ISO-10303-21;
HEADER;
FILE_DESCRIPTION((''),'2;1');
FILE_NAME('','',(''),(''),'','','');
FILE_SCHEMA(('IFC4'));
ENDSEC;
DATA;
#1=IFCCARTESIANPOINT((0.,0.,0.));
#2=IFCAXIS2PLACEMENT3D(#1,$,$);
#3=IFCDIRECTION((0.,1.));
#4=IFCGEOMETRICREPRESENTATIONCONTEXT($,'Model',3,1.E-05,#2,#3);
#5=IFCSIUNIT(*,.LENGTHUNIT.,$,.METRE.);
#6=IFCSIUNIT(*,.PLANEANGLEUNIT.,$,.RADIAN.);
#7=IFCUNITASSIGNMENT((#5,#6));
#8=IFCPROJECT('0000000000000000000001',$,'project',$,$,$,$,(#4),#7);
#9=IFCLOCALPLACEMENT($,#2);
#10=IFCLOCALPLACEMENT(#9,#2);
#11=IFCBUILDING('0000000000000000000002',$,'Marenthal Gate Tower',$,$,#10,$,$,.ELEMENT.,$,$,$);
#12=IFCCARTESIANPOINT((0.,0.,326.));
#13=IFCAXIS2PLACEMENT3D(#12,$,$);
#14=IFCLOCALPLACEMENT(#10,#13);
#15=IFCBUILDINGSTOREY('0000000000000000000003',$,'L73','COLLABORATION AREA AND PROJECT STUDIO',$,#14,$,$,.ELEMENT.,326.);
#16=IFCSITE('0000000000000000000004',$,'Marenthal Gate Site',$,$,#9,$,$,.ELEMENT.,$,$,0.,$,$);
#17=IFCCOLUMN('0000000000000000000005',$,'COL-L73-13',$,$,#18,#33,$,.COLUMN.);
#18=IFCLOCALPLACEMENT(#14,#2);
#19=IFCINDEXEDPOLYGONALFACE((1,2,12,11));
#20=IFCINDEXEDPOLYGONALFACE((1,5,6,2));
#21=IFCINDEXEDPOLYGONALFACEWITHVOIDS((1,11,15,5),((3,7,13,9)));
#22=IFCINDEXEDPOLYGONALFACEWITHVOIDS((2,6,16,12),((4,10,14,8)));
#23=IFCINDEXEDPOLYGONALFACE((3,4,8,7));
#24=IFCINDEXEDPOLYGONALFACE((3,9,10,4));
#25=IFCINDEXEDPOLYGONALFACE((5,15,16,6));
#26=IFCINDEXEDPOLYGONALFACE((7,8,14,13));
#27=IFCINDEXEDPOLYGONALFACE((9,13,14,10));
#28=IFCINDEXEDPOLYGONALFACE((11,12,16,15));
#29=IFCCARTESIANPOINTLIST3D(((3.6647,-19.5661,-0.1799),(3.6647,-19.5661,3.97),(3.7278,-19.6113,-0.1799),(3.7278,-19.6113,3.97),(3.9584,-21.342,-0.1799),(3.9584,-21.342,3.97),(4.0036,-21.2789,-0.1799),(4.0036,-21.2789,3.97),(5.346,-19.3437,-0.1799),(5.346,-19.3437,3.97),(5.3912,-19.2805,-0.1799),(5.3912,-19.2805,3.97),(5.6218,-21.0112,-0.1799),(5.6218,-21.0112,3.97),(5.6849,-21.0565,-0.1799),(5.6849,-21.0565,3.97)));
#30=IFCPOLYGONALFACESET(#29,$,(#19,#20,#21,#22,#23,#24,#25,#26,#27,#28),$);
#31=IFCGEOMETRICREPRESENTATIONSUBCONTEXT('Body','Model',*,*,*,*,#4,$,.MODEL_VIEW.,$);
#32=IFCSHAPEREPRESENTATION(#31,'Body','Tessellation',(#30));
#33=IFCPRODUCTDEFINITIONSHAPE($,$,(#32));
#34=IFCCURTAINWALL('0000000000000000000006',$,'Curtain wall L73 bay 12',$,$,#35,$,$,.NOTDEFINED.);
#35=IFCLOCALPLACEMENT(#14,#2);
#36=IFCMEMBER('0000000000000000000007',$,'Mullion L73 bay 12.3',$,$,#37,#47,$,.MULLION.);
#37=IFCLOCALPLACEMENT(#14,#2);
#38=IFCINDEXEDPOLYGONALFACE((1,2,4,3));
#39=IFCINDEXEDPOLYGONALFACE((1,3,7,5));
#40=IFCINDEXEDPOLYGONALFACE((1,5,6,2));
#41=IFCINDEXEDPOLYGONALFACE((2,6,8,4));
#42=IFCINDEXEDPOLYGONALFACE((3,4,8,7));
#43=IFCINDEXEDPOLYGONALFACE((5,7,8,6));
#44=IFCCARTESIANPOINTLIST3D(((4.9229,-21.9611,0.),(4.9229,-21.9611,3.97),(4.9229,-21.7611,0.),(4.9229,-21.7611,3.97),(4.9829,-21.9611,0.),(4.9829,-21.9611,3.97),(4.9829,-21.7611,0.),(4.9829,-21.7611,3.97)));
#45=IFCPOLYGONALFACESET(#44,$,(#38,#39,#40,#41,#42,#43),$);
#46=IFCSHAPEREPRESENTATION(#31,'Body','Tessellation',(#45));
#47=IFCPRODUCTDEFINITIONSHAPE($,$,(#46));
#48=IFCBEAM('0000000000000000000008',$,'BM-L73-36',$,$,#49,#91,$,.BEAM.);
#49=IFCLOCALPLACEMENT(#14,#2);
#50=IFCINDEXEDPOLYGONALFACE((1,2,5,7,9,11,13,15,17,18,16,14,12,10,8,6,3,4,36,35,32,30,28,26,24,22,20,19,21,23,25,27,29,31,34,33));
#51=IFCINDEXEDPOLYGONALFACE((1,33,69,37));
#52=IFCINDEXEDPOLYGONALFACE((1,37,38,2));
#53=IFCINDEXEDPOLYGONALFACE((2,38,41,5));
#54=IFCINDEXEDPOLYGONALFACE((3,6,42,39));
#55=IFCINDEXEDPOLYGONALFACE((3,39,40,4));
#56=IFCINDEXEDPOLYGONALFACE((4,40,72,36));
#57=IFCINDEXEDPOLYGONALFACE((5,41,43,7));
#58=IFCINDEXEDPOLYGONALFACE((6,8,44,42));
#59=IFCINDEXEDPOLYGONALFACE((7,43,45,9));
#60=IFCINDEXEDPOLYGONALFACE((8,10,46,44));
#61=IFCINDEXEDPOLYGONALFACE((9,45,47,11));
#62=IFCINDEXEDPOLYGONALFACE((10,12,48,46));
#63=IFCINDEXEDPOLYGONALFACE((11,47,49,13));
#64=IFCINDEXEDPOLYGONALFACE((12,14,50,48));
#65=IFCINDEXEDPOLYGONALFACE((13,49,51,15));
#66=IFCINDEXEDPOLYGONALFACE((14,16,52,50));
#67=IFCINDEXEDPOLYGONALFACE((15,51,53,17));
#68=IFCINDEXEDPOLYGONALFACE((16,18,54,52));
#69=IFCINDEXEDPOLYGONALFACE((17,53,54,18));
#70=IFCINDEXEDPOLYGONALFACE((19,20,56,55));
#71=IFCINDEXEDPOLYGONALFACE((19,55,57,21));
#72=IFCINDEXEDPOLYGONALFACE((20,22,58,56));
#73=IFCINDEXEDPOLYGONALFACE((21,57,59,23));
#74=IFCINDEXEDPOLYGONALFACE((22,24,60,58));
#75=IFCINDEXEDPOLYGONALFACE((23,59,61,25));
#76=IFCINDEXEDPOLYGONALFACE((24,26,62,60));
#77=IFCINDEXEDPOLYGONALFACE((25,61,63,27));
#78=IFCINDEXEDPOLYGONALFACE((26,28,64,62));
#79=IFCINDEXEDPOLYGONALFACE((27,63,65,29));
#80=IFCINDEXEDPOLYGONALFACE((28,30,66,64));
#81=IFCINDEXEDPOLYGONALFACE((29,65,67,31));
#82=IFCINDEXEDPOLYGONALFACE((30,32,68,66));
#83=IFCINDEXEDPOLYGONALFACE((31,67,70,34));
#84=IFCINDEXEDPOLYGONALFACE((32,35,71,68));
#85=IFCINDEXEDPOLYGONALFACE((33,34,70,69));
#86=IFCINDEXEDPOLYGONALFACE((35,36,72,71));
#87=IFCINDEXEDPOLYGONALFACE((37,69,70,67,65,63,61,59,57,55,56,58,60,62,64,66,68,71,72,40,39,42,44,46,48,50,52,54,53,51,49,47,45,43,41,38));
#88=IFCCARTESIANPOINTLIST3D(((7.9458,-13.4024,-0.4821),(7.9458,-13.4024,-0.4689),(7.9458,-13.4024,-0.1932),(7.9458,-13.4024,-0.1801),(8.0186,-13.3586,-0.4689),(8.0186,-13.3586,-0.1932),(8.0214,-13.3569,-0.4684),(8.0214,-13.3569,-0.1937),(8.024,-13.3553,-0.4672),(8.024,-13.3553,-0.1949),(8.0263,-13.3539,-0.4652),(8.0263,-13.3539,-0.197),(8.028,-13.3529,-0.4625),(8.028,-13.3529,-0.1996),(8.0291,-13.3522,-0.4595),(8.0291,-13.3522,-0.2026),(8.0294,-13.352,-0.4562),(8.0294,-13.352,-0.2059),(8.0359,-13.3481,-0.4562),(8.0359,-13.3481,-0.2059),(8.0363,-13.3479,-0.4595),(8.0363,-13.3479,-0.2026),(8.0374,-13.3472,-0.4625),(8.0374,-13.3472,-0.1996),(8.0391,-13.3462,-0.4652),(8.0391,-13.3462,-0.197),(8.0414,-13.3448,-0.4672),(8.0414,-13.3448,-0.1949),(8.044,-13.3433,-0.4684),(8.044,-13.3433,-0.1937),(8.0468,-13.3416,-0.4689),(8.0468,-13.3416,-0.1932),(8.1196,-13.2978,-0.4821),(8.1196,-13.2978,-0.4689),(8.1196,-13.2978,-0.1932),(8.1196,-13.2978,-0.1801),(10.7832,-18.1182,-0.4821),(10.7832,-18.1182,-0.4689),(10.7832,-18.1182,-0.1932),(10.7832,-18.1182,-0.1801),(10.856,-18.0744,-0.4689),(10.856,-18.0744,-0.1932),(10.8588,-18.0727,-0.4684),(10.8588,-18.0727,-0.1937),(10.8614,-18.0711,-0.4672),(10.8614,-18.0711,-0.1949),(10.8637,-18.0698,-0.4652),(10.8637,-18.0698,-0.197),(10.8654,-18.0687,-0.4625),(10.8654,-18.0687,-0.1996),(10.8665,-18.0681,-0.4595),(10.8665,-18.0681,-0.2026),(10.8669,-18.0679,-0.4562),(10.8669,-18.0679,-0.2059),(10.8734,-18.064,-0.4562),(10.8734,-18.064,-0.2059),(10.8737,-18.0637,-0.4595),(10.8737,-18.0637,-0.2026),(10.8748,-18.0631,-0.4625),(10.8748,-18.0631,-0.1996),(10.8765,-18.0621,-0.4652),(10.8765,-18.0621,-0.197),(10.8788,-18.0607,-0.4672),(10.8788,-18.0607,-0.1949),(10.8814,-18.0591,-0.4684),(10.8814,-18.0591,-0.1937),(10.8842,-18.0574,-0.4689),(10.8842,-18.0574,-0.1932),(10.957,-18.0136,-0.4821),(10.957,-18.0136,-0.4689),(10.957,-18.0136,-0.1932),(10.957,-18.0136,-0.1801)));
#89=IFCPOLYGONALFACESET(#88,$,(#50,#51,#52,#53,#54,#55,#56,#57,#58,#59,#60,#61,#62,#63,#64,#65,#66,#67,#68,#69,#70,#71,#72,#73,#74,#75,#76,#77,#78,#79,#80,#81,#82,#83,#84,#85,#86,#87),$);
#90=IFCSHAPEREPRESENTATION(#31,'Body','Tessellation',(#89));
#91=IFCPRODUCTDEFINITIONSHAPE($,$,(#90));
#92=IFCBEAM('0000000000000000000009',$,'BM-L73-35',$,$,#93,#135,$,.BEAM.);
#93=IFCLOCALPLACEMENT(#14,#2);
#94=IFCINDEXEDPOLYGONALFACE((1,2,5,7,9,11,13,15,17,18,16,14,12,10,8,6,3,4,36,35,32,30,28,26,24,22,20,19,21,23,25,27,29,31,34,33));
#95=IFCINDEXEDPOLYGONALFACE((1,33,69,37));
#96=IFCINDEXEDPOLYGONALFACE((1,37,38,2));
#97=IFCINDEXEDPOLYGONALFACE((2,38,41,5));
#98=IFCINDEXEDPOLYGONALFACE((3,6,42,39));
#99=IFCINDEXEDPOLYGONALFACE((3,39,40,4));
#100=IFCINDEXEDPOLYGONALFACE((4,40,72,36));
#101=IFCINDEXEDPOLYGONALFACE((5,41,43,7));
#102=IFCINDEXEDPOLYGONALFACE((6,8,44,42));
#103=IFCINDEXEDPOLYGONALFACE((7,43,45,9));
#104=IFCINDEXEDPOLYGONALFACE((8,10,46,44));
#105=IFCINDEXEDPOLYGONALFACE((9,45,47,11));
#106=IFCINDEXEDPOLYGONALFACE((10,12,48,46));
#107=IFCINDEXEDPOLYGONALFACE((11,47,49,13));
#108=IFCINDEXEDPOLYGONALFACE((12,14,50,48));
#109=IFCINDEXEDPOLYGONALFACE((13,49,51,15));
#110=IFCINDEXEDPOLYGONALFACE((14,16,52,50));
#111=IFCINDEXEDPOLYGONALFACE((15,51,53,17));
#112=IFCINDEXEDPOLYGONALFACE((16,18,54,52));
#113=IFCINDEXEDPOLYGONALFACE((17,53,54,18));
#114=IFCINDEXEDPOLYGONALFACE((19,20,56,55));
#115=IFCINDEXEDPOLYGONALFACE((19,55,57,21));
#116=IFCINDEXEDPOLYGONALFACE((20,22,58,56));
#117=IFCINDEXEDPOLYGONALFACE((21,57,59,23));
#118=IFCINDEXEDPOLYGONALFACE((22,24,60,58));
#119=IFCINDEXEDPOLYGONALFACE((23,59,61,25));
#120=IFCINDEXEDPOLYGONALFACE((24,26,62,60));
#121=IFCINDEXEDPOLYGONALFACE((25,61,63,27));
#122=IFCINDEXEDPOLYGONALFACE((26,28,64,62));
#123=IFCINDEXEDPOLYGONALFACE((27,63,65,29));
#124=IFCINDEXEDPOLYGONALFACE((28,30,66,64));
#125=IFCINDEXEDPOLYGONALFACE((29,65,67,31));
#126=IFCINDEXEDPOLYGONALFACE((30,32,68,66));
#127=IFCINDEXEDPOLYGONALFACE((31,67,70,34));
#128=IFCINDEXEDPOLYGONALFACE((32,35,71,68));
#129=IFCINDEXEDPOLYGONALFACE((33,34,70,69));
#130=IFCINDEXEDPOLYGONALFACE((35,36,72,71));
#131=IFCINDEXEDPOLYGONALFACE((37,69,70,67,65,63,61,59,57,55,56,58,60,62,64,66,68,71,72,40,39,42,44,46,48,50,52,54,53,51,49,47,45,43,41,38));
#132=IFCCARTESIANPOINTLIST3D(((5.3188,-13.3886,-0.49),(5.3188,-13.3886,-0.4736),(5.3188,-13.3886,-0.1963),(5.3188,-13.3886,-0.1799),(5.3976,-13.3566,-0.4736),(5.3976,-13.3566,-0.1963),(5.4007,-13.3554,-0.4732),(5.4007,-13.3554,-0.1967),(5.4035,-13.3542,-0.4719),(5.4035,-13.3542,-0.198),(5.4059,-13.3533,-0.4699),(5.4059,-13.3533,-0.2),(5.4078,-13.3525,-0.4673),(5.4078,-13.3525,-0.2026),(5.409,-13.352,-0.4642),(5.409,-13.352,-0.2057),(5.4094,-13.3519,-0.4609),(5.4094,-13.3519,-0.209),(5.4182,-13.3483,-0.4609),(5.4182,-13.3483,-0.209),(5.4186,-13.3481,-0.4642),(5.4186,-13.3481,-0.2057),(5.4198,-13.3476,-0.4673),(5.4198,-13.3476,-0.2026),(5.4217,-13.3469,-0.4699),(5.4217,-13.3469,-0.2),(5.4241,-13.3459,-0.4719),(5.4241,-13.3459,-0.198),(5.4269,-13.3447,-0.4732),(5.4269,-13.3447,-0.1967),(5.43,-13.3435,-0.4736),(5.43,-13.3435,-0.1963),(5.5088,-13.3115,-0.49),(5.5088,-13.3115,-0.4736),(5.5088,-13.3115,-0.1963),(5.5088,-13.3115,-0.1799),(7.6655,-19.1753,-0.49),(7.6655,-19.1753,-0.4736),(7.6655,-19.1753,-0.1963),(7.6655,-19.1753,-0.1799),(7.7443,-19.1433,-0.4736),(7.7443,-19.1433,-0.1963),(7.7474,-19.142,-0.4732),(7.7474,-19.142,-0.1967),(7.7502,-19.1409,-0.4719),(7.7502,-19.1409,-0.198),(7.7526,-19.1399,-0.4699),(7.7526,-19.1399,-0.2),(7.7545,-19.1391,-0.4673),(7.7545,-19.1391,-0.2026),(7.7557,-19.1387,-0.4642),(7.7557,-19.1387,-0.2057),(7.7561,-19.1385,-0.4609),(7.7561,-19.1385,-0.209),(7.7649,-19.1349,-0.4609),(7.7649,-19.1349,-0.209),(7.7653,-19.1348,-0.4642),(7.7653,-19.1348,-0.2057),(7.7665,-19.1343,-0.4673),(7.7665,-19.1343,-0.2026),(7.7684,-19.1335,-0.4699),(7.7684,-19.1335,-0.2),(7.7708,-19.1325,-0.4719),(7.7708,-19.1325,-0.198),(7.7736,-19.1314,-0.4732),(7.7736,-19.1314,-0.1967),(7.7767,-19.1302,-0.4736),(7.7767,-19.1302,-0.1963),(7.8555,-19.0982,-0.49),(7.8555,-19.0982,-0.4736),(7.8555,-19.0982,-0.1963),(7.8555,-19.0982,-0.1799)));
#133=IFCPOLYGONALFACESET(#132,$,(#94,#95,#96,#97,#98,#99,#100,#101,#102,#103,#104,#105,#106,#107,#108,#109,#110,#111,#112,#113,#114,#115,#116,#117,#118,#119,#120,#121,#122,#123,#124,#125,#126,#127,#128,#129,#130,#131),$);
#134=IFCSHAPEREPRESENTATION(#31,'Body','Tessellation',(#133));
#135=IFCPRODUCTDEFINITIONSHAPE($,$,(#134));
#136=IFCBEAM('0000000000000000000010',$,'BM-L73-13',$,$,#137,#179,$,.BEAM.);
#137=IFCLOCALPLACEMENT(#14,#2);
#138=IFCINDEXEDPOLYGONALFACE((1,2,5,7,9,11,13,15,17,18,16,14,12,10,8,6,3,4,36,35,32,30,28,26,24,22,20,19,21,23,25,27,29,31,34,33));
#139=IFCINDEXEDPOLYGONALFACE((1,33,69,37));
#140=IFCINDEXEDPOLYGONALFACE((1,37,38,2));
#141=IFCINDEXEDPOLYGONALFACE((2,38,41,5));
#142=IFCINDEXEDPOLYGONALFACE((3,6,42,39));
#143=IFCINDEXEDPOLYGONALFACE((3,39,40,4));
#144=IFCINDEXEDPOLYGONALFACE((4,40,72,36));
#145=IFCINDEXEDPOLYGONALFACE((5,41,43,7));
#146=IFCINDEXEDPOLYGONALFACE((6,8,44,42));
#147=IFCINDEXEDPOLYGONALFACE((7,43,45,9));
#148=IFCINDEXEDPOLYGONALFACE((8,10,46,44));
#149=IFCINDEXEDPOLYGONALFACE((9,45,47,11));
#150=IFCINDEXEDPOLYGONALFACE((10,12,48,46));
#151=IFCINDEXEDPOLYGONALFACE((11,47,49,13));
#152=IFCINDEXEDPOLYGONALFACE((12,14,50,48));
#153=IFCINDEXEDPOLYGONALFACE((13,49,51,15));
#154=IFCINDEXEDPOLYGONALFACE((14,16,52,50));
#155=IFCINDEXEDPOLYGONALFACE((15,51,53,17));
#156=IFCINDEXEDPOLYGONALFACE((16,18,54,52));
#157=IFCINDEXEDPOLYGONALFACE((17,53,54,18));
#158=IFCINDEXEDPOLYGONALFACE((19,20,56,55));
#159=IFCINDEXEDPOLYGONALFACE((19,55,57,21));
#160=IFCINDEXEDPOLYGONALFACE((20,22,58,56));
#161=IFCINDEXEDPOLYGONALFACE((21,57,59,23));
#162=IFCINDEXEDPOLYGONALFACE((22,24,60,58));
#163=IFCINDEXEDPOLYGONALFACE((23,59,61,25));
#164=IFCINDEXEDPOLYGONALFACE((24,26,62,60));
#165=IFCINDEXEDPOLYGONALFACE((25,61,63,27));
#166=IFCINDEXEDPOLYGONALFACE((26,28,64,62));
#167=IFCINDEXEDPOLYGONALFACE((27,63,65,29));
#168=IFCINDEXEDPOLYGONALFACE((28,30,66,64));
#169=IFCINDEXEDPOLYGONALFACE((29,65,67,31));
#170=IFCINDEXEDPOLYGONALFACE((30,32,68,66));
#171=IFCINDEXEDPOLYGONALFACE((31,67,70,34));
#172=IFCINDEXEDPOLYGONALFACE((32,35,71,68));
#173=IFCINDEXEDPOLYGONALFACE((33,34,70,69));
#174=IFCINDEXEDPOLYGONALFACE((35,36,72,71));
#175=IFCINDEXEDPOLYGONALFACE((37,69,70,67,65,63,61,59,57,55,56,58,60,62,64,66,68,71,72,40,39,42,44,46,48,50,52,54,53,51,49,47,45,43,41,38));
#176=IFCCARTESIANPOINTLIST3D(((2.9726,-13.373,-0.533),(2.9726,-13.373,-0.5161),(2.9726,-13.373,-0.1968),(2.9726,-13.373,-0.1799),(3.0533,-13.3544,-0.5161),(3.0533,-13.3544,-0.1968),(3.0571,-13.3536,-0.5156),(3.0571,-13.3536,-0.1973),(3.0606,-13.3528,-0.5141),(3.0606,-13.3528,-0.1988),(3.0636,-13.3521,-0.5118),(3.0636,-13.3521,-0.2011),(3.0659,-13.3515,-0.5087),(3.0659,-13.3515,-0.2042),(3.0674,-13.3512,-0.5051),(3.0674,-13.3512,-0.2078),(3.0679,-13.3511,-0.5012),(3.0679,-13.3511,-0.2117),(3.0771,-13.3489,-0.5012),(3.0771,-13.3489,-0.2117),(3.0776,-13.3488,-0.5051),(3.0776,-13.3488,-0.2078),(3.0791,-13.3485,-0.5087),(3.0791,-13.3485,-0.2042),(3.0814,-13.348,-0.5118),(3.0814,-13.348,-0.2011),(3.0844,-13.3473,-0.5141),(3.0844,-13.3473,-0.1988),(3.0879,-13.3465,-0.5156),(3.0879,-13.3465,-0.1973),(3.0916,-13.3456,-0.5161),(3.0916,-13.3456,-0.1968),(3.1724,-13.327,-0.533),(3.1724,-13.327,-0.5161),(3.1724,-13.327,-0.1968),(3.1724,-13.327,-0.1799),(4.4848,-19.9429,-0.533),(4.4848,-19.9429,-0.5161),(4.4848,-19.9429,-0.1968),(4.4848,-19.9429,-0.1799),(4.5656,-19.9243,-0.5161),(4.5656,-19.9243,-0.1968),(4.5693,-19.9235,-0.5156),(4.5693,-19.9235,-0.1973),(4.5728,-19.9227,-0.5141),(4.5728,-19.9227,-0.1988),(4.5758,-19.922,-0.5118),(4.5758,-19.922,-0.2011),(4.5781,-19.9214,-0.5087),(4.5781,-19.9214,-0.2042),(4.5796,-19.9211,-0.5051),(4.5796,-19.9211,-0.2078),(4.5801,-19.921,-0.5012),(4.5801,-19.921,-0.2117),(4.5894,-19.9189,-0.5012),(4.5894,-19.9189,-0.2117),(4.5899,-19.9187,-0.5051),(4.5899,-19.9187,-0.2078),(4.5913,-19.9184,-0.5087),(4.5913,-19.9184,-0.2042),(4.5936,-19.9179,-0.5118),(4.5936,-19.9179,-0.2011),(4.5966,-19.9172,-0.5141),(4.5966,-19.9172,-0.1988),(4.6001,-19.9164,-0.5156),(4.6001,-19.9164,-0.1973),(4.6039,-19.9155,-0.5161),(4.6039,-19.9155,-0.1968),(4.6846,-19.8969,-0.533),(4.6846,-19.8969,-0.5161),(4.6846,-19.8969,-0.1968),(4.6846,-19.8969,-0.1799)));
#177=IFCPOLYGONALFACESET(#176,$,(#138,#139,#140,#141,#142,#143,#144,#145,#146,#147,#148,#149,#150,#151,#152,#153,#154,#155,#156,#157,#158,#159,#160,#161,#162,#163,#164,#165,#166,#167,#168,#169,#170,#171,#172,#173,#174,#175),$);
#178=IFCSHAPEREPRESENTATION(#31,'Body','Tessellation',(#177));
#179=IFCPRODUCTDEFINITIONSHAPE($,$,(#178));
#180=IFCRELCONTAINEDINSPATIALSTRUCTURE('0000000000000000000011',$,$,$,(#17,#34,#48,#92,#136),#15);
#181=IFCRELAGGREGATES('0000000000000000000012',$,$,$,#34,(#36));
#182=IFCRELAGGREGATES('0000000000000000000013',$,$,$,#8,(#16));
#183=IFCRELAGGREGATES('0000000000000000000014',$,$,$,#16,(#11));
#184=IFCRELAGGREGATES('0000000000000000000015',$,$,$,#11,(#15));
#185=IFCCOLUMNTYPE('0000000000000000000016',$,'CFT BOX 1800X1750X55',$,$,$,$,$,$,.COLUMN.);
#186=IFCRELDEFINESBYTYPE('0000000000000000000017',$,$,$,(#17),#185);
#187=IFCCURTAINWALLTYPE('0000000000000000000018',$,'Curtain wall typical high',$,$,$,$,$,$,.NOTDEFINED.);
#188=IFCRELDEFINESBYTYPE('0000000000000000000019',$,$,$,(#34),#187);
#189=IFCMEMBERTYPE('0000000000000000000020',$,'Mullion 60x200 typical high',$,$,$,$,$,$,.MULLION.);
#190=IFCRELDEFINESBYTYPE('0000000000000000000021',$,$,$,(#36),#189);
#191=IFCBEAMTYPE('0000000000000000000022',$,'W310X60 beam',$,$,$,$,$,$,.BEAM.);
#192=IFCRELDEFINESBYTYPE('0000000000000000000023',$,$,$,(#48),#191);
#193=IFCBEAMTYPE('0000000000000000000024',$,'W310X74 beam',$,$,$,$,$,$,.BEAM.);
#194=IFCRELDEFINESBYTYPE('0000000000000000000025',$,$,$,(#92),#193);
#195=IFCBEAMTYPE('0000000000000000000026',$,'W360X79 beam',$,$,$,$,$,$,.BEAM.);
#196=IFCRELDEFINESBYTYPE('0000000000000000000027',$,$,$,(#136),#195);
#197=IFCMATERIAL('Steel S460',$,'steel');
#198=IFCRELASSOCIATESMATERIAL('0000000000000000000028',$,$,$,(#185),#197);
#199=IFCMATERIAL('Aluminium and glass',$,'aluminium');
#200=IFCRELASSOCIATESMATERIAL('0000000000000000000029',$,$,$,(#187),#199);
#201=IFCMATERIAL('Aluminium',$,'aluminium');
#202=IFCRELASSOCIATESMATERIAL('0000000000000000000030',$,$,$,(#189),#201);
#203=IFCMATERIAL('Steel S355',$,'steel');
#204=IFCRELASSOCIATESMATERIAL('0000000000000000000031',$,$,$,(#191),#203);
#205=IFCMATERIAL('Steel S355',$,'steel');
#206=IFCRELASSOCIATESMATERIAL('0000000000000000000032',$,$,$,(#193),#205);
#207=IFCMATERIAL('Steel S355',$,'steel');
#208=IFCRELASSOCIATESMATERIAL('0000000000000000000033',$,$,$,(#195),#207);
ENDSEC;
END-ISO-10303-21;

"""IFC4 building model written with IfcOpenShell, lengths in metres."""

from ifc_helpers import new_model, si_unit, direction, frame, origin, origin_2d, place, context, subcontext, project, spatial, rectangle, hollow_rectangle, i_section, extrude, material, material_profile, profile_set, type_object, element, aggregate, save


model = new_model("IFC4")

# Units and contexts
model_context = context("Model", 3, precision=1e-05, world=origin(), true_north=direction((0.0, 1.0)))
body_context = subcontext(model_context, "Body", "Model", "MODEL_VIEW")
ifc_project = project(units=[si_unit("LENGTHUNIT", "METRE"), si_unit("PLANEANGLEUNIT", "RADIAN")], contexts=[model_context])

# Site, building, storey
site_placement = place(None, origin())
site = spatial("IfcSite", under=ifc_project, at=site_placement, Name="Marenthal Gate Site", CompositionType="ELEMENT", RefElevation=0.0)
building_placement = place(site_placement, origin())
building = spatial("IfcBuilding", under=site, at=building_placement, Name="Marenthal Gate Tower", CompositionType="ELEMENT")
storey_placement = place(building_placement, frame((0.0, 0.0, 326.0)))
storey = spatial("IfcBuildingStorey", under=building, at=storey_placement, Name="L73", Description="COLLABORATION AREA AND PROJECT STUDIO", CompositionType="ELEMENT", Elevation=326.0)

# Column
ifc_material_1 = material(Name="Steel S460", Category="steel")
ifc_material_profile_1 = material_profile(ifc_material_1, hollow_rectangle(XDim=1.75, YDim=1.8, WallThickness=0.0549, at=origin_2d()), Name="CFT BOX 1800X1750X55")
ifc_material_2 = material(Name="Concrete 70 MPa", Category="concrete")
ifc_material_profile_2 = material_profile(ifc_material_2, rectangle(XDim=1.6399, YDim=1.6899, at=origin_2d()), Name="CFT BOX 1800X1750X55 INFILL")
ifc_profile_set_1 = profile_set([ifc_material_profile_1, ifc_material_profile_2], Name="Steel S460 shell, Concrete 70 MPa infill")
column_type = type_object("IfcColumnType", Name="CFT BOX 1800X1750X55", PredefinedType="COLUMN", material=ifc_profile_set_1)
column_placement = place(storey_placement, frame((4.6748, -20.3113, -0.1799), z_axis=(0.0, 0.0, 1.0), x_axis=(-0.986599, -0.163164, 0.0)))
element("IfcColumn", 1, at=column_placement, inside=storey, type_object=column_type, Name="COL-L73-13", PredefinedType="COLUMN", context=body_context, shape_type="SweptSolid", body=[
    extrude(hollow_rectangle(XDim=1.75, YDim=1.8, WallThickness=0.0549, at=origin_2d()), origin(), (0.0, 0.0, 1.0), 4.1499),
])

# Curtain wall, member
ifc_material_3 = material(Name="Aluminium and glass", Category="aluminium")
curtain_wall_type = type_object("IfcCurtainWallType", Name="Curtain wall typical high", PredefinedType="NOTDEFINED", material=ifc_material_3)
curtain_wall_placement = place(storey_placement, origin())
curtain_wall = element("IfcCurtainWall", 2, at=curtain_wall_placement, inside=storey, type_object=curtain_wall_type, Name="Curtain wall L73 bay 12", PredefinedType="NOTDEFINED")
ifc_material_4 = material(Name="Aluminium", Category="aluminium")
ifc_material_profile_3 = material_profile(ifc_material_4, rectangle(XDim=0.2, YDim=0.0601, at=origin_2d()), Name="60x200 aluminium mullion")
ifc_profile_set_2 = profile_set([ifc_material_profile_3], Name="Aluminium")
member_type = type_object("IfcMemberType", Name="Mullion 60x200 typical high", PredefinedType="MULLION", material=ifc_profile_set_2)
member_placement = place(storey_placement, frame((4.9529, -21.8611, 0.0), z_axis=(0.0, 0.0, 1.0), x_axis=(0.0, 1.0, 0.0)))
member = element("IfcMember", 3, at=member_placement, type_object=member_type, Name="Mullion L73 bay 12.3", PredefinedType="MULLION", context=body_context, shape_type="SweptSolid", body=[
    extrude(rectangle(XDim=0.2, YDim=0.0601, at=origin_2d()), origin(), (0.0, 0.0, 1.0), 3.97),
])

# Beams
ifc_material_5 = material(Name="Steel S355", Category="steel")
ifc_material_profile_4 = material_profile(ifc_material_5, i_section(OverallWidth=0.2029, OverallDepth=0.302, WebThickness=0.0076, FlangeThickness=0.0132, FilletRadius=0.0127, at=origin_2d()), Name="W310X60")
ifc_profile_set_3 = profile_set([ifc_material_profile_4], Name="Steel S355")
beam_type_1 = type_object("IfcBeamType", Name="W310X60 beam", PredefinedType="BEAM", material=ifc_profile_set_3)
beam_1_placement = place(storey_placement, frame((10.8701, -18.0659, -0.3311), z_axis=(-0.515552, 0.856858, 0.0), x_axis=(-0.856858, -0.515552, 0.0)))
element("IfcBeam", 4, at=beam_1_placement, inside=storey, type_object=beam_type_1, Name="BM-L73-36", PredefinedType="BEAM", context=body_context, shape_type="SweptSolid", body=[
    extrude(i_section(OverallWidth=0.2029, OverallDepth=0.302, WebThickness=0.0076, FlangeThickness=0.0132, FilletRadius=0.0127, at=origin_2d()), origin(), (0.0, 0.0, 1.0), 5.5037),
])
ifc_material_6 = material(Name="Steel S355", Category="steel")
ifc_material_profile_5 = material_profile(ifc_material_6, i_section(OverallWidth=0.2051, OverallDepth=0.3101, WebThickness=0.0095, FlangeThickness=0.0164, FilletRadius=0.0127, at=origin_2d()), Name="W310X74")
ifc_profile_set_4 = profile_set([ifc_material_profile_5], Name="Steel S355")
beam_type_2 = type_object("IfcBeamType", Name="W310X74 beam", PredefinedType="BEAM", material=ifc_profile_set_4)
beam_2_placement = place(storey_placement, frame((7.7605, -19.1367, -0.335), z_axis=(-0.375809, 0.926697, 0.0), x_axis=(-0.926697, -0.375809, 0.0)))
element("IfcBeam", 5, at=beam_2_placement, inside=storey, type_object=beam_type_2, Name="BM-L73-35", PredefinedType="BEAM", context=body_context, shape_type="SweptSolid", body=[
    extrude(i_section(OverallWidth=0.2051, OverallDepth=0.3101, WebThickness=0.0095, FlangeThickness=0.0164, FilletRadius=0.0127, at=origin_2d()), origin(), (0.0, 0.0, 1.0), 6.2444),
])
ifc_material_7 = material(Name="Steel S355", Category="steel")
ifc_material_profile_6 = material_profile(ifc_material_7, i_section(OverallWidth=0.2051, OverallDepth=0.353, WebThickness=0.0095, FlangeThickness=0.0168, FilletRadius=0.0149, at=origin_2d()), Name="W360X79")
ifc_profile_set_5 = profile_set([ifc_material_profile_6], Name="Steel S355")
beam_type_3 = type_object("IfcBeamType", Name="W360X79 beam", PredefinedType="BEAM", material=ifc_profile_set_5)
beam_3_placement = place(storey_placement, frame((4.5847, -19.9199, -0.3564), z_axis=(-0.224309, 0.974518, 0.0), x_axis=(-0.974518, -0.224309, 0.0)))
element("IfcBeam", 6, at=beam_3_placement, inside=storey, type_object=beam_type_3, Name="BM-L73-13", PredefinedType="BEAM", context=body_context, shape_type="SweptSolid", body=[
    extrude(i_section(OverallWidth=0.2051, OverallDepth=0.353, WebThickness=0.0095, FlangeThickness=0.0168, FilletRadius=0.0149, at=origin_2d()), origin(), (0.0, 0.0, 1.0), 6.7417),
])

aggregate(curtain_wall, [member])

save(model, "model.ifc")
